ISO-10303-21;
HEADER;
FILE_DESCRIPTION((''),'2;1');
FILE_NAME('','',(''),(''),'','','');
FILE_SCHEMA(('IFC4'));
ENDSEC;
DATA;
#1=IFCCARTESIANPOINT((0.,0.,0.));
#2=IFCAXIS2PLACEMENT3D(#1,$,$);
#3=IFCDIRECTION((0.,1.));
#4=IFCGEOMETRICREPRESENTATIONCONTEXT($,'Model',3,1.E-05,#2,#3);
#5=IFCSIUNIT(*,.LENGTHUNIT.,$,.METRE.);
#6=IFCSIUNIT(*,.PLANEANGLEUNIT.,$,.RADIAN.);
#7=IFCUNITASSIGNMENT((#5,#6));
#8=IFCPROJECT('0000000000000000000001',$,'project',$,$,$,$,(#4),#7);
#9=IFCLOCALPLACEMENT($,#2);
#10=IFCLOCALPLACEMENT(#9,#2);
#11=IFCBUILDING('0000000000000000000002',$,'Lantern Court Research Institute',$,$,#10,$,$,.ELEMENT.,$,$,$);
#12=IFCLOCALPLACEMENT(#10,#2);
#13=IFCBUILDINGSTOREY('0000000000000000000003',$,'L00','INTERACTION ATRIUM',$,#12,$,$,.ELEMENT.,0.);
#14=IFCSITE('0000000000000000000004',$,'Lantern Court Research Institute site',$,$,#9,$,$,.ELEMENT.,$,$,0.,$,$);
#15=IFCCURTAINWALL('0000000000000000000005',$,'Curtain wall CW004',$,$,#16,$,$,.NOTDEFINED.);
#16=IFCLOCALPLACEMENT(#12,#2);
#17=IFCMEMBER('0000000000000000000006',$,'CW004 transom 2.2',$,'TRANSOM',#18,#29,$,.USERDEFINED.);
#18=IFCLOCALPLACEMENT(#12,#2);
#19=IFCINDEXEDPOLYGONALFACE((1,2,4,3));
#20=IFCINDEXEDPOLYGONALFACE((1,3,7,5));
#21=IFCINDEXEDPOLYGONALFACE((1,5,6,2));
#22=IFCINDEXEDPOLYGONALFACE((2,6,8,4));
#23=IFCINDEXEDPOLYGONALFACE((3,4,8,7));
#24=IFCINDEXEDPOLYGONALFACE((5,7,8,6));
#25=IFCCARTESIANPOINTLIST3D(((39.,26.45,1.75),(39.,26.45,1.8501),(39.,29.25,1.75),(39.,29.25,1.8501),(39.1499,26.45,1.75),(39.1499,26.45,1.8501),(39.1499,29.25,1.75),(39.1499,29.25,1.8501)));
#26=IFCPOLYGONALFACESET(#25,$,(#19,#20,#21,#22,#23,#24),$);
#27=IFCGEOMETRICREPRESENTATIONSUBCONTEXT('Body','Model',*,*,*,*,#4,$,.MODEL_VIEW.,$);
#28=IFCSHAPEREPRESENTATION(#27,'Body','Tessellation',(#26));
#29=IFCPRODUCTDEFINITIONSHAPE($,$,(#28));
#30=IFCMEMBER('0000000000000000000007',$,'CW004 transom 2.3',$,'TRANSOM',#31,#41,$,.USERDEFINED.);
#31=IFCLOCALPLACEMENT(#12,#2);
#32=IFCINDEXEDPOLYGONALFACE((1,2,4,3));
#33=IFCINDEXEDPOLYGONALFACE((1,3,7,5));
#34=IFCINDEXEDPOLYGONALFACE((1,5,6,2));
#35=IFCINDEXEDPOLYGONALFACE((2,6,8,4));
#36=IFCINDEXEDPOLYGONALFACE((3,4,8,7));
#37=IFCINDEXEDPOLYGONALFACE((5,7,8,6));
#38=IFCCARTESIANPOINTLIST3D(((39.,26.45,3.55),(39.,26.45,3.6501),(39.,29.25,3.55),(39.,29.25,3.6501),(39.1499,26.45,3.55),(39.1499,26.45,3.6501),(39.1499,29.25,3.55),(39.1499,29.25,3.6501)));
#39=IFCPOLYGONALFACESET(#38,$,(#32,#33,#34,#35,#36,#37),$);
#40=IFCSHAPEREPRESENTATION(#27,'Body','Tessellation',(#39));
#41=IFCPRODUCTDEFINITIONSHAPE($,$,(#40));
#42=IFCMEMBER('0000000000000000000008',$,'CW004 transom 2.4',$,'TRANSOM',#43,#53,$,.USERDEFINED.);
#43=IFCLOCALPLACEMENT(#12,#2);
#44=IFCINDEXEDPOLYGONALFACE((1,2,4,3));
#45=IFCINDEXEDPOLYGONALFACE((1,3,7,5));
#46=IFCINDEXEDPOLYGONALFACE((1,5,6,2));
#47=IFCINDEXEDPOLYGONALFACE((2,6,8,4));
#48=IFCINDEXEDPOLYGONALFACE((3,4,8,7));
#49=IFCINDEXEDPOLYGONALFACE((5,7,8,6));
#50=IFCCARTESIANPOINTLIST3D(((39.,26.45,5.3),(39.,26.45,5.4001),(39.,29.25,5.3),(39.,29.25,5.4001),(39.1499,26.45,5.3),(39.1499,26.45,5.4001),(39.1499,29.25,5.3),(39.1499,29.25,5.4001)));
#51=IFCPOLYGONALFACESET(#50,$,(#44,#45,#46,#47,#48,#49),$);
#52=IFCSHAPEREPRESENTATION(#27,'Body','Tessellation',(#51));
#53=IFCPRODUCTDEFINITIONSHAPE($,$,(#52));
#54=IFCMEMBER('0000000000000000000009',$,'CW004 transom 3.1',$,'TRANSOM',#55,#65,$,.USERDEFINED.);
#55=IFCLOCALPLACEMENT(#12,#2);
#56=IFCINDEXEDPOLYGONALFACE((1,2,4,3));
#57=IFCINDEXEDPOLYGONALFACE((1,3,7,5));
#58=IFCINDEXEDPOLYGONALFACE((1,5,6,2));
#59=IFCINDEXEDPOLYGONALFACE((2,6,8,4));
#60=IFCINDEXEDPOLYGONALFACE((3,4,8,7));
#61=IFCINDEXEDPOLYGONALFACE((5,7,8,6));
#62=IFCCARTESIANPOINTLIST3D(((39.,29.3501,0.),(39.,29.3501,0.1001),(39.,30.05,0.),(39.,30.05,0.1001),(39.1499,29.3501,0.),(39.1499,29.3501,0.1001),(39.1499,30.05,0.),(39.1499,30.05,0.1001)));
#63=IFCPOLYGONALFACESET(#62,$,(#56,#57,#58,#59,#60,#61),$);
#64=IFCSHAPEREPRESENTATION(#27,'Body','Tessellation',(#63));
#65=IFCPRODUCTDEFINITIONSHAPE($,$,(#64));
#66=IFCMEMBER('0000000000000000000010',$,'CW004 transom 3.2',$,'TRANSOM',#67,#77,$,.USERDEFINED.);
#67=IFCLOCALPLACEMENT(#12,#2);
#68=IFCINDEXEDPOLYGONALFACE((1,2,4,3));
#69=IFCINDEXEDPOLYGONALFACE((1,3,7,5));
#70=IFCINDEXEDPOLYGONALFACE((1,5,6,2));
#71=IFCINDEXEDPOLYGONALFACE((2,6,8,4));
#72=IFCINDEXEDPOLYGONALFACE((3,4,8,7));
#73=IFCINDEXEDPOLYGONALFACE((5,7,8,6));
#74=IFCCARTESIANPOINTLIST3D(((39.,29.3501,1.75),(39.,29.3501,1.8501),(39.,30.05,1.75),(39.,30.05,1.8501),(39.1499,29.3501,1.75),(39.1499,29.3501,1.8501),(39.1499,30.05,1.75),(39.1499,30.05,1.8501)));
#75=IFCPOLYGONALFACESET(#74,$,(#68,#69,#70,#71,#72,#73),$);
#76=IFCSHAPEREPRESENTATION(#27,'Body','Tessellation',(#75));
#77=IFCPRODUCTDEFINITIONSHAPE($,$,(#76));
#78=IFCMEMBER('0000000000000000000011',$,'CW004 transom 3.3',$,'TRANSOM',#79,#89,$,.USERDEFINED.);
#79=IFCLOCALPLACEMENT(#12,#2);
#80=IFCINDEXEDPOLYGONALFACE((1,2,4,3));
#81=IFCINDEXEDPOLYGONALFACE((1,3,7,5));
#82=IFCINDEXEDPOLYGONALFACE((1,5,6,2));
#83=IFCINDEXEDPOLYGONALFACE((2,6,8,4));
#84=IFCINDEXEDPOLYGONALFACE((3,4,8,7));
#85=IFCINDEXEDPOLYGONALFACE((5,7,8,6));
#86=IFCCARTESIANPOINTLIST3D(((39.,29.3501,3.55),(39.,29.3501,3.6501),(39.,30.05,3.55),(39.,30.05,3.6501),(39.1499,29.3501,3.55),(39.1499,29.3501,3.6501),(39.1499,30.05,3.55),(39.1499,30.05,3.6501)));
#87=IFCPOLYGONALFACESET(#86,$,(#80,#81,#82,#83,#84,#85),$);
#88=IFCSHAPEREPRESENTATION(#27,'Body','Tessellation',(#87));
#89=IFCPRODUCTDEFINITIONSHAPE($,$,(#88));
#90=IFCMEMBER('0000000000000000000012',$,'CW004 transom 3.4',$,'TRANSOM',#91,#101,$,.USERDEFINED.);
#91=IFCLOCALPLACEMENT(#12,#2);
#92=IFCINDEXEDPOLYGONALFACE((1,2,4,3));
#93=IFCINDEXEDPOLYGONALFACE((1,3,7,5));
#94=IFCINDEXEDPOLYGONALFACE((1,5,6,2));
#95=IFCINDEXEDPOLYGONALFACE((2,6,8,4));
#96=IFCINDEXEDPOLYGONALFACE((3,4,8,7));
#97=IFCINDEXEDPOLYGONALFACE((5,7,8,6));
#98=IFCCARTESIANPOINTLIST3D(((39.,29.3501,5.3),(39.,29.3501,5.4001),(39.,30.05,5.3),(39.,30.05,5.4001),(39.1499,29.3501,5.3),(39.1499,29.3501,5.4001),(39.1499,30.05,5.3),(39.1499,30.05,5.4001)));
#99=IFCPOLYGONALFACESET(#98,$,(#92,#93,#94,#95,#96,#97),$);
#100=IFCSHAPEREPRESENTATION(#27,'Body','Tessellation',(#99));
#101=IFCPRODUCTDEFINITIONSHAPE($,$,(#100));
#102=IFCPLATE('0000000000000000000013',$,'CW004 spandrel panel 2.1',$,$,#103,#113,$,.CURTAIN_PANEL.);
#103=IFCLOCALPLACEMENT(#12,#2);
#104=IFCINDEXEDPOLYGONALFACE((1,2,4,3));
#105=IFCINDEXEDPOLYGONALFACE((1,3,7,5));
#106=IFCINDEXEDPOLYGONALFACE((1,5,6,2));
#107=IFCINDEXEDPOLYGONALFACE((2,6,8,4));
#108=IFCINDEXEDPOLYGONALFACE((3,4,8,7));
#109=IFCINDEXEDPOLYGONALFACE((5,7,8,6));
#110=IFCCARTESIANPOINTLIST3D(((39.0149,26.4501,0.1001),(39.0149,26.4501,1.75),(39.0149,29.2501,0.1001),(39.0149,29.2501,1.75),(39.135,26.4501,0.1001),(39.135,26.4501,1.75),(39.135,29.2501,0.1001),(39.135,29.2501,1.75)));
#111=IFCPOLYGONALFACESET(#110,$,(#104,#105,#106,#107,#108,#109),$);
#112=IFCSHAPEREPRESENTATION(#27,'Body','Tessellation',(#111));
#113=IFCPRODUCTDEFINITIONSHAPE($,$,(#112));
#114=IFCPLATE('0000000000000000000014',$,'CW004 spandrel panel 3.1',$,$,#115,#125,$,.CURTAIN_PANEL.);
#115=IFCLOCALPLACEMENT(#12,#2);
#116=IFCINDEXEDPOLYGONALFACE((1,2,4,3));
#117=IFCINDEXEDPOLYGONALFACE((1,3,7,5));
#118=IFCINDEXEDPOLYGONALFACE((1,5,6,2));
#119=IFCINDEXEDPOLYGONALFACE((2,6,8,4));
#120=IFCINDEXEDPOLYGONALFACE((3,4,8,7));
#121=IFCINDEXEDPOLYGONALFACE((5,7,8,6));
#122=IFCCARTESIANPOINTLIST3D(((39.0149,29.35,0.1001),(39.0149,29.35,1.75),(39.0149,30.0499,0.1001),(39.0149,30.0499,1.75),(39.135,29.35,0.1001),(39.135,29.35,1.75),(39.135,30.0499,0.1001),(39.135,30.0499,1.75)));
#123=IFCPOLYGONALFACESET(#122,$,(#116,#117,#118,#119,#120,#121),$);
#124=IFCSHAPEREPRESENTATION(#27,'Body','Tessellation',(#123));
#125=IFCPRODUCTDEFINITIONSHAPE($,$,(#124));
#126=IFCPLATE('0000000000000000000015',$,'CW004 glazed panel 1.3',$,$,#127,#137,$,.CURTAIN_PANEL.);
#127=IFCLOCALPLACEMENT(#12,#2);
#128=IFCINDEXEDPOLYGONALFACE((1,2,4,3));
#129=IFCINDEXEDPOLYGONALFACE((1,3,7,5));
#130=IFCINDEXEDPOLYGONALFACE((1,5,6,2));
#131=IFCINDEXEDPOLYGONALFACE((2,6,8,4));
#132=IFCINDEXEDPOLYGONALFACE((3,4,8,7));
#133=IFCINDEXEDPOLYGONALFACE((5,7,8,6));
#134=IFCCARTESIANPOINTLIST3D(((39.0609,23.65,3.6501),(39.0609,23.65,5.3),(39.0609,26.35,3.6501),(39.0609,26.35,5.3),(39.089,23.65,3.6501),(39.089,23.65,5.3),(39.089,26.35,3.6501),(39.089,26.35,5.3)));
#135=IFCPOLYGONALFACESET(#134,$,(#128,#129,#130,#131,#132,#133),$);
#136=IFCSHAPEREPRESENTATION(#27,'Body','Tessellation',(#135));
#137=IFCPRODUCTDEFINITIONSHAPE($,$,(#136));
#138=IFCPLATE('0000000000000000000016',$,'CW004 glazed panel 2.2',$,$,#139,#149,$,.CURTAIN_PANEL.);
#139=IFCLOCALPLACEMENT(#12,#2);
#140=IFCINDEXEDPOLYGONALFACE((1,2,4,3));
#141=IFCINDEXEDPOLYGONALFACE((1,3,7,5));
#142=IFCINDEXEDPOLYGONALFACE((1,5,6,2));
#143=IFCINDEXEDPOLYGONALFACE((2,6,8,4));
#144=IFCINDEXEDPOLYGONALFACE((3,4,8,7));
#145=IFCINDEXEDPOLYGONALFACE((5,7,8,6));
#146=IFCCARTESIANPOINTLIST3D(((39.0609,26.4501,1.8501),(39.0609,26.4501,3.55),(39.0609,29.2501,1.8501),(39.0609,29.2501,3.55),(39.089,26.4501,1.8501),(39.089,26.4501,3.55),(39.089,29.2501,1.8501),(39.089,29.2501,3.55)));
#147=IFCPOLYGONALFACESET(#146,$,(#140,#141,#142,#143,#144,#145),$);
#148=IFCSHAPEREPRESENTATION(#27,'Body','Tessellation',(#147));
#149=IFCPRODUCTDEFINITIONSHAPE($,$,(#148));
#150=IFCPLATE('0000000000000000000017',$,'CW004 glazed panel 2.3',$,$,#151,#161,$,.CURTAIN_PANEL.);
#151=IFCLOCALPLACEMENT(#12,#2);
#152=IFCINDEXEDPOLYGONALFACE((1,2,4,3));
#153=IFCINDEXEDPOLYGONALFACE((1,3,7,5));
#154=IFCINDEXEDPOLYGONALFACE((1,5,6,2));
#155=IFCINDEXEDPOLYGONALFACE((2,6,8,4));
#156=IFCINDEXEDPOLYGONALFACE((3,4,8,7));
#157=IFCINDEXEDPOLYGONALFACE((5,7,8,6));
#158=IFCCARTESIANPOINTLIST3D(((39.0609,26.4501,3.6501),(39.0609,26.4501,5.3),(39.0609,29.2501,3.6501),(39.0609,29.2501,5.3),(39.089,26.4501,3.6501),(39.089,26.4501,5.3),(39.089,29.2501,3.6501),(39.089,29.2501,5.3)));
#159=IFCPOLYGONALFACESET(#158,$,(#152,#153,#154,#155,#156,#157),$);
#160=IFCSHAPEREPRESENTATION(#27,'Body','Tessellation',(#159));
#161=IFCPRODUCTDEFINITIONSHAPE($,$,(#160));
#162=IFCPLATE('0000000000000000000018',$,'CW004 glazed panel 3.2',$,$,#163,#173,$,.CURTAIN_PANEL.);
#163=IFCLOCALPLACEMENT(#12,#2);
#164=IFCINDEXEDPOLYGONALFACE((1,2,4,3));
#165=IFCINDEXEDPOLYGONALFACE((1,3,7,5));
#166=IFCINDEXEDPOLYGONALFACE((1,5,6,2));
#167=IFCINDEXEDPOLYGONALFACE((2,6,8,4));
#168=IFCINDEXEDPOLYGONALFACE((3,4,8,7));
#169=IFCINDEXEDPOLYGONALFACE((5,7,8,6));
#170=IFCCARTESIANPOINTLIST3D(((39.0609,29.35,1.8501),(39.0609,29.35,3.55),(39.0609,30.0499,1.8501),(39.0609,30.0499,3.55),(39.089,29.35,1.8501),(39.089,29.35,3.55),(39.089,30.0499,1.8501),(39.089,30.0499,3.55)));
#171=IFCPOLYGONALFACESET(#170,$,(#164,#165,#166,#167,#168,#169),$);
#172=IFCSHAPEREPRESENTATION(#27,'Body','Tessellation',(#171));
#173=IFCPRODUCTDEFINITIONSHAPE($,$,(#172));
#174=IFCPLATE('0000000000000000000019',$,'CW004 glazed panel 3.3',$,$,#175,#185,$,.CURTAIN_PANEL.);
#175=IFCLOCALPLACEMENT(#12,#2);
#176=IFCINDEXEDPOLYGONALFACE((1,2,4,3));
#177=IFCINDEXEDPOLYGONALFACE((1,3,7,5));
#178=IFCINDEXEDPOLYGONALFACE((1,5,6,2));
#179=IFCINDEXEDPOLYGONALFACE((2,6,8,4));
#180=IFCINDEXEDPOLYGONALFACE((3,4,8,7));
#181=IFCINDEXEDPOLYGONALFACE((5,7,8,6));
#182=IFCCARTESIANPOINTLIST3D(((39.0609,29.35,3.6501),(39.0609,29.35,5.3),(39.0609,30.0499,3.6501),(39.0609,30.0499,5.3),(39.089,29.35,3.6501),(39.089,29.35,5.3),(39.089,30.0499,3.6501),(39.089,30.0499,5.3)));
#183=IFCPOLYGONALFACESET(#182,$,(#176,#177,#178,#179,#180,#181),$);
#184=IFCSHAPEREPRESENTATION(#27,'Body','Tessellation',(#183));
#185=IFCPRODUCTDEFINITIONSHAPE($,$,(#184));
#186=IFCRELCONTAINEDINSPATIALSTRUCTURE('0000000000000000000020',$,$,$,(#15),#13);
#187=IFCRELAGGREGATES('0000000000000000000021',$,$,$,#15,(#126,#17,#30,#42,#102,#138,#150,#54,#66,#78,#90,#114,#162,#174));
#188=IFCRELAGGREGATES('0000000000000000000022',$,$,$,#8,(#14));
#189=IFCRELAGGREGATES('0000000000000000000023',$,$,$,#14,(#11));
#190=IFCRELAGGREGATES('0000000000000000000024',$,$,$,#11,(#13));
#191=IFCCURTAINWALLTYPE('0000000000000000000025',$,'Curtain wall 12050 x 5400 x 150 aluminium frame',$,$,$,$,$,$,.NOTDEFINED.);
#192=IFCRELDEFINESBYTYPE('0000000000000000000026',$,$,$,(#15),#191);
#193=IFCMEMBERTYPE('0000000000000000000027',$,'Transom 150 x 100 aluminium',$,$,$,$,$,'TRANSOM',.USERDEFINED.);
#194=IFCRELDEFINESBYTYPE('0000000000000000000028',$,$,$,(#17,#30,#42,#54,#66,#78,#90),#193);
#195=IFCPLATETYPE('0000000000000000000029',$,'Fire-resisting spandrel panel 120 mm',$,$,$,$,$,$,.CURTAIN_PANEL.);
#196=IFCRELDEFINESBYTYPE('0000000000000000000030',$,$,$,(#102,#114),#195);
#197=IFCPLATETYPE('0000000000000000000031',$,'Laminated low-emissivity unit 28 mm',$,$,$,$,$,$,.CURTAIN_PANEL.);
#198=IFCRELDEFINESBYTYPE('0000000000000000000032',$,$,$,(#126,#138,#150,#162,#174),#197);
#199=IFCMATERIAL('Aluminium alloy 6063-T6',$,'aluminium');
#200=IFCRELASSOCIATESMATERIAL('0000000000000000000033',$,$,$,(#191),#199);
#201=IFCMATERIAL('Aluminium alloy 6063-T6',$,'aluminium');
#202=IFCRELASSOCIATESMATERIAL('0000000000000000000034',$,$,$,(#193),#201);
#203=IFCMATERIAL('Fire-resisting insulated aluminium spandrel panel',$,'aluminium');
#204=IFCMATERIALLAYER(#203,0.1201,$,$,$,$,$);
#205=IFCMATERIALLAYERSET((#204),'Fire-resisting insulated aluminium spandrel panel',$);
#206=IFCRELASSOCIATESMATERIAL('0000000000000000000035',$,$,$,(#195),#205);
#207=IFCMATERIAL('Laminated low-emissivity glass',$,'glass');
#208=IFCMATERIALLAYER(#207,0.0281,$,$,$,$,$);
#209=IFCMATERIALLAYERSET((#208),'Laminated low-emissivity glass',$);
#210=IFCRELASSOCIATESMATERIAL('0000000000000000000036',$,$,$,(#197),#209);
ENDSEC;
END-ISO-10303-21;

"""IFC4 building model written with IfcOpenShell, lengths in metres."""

from ifc_helpers import new_model, si_unit, direction, frame, origin, origin_2d, place, context, subcontext, project, spatial, rectangle, extrude, material, layer, layer_set, material_profile, profile_set, type_object, element, aggregate, save


model = new_model("IFC4")

# Units and contexts
model_context = context("Model", 3, precision=1e-05, world=origin(), true_north=direction((0.0, 1.0)))
body_context = subcontext(model_context, "Body", "Model", "MODEL_VIEW")
ifc_project = project(units=[si_unit("LENGTHUNIT", "METRE"), si_unit("PLANEANGLEUNIT", "RADIAN")], contexts=[model_context])

# Site, building, storey
site_placement = place(None, origin())
site = spatial("IfcSite", under=ifc_project, at=site_placement, Name="Lantern Court Research Institute site", CompositionType="ELEMENT", RefElevation=0.0)
building_placement = place(site_placement, origin())
building = spatial("IfcBuilding", under=site, at=building_placement, Name="Lantern Court Research Institute", CompositionType="ELEMENT")
storey_placement = place(building_placement, origin())
storey = spatial("IfcBuildingStorey", under=building, at=storey_placement, Name="L00", Description="INTERACTION ATRIUM", CompositionType="ELEMENT", Elevation=0.0)

# Curtain wall
ifc_material_1 = material(Name="Aluminium alloy 6063-T6", Category="aluminium")
curtain_wall_type = type_object("IfcCurtainWallType", Name="Curtain wall 12050 x 5400 x 150 aluminium frame", PredefinedType="NOTDEFINED", material=ifc_material_1)
curtain_wall_placement = place(storey_placement, origin())
curtain_wall = element("IfcCurtainWall", 1, at=curtain_wall_placement, inside=storey, type_object=curtain_wall_type, Name="Curtain wall CW004", PredefinedType="NOTDEFINED")

# Members
ifc_material_2 = material(Name="Aluminium alloy 6063-T6", Category="aluminium")
ifc_material_profile_1 = material_profile(ifc_material_2, rectangle(XDim=0.1499, YDim=0.1001, at=origin_2d()), Name="Transom 150 x 100")
ifc_profile_set_1 = profile_set([ifc_material_profile_1], Name="Aluminium alloy 6063-T6")
member_type_1 = type_object("IfcMemberType", Name="Transom 150 x 100 aluminium", ElementType="TRANSOM", PredefinedType="USERDEFINED", material=ifc_profile_set_1)
member_1_placement = place(storey_placement, frame((39.075, 26.45, 1.8), z_axis=(0.0, 1.0, 0.0), x_axis=(-1.0, 0.0, 0.0)))
member_1 = element("IfcMember", 2, at=member_1_placement, type_object=member_type_1, Name="CW004 transom 2.2", ObjectType="TRANSOM", PredefinedType="USERDEFINED", context=body_context, shape_type="SweptSolid", body=[
    extrude(rectangle(XDim=0.1499, YDim=0.1001, at=origin_2d()), origin(), (0.0, 0.0, 1.0), 2.8),
])
member_2_placement = place(storey_placement, frame((39.075, 26.45, 3.6001), z_axis=(0.0, 1.0, 0.0), x_axis=(-1.0, 0.0, 0.0)))
member_2 = element("IfcMember", 3, at=member_2_placement, type_object=member_type_1, Name="CW004 transom 2.3", ObjectType="TRANSOM", PredefinedType="USERDEFINED", context=body_context, shape_type="SweptSolid", body=[
    extrude(rectangle(XDim=0.1499, YDim=0.1001, at=origin_2d()), origin(), (0.0, 0.0, 1.0), 2.8),
])
member_3_placement = place(storey_placement, frame((39.075, 26.45, 5.3501), z_axis=(0.0, 1.0, 0.0), x_axis=(-1.0, 0.0, 0.0)))
member_3 = element("IfcMember", 4, at=member_3_placement, type_object=member_type_1, Name="CW004 transom 2.4", ObjectType="TRANSOM", PredefinedType="USERDEFINED", context=body_context, shape_type="SweptSolid", body=[
    extrude(rectangle(XDim=0.1499, YDim=0.1001, at=origin_2d()), origin(), (0.0, 0.0, 1.0), 2.8),
])
member_4_placement = place(storey_placement, frame((39.075, 29.3501, 0.05), z_axis=(0.0, 1.0, 0.0), x_axis=(-1.0, 0.0, 0.0)))
member_4 = element("IfcMember", 5, at=member_4_placement, type_object=member_type_1, Name="CW004 transom 3.1", ObjectType="TRANSOM", PredefinedType="USERDEFINED", context=body_context, shape_type="SweptSolid", body=[
    extrude(rectangle(XDim=0.1499, YDim=0.1001, at=origin_2d()), origin(), (0.0, 0.0, 1.0), 0.7),
])
member_5_placement = place(storey_placement, frame((39.075, 29.3501, 1.8), z_axis=(0.0, 1.0, 0.0), x_axis=(-1.0, 0.0, 0.0)))
member_5 = element("IfcMember", 6, at=member_5_placement, type_object=member_type_1, Name="CW004 transom 3.2", ObjectType="TRANSOM", PredefinedType="USERDEFINED", context=body_context, shape_type="SweptSolid", body=[
    extrude(rectangle(XDim=0.1499, YDim=0.1001, at=origin_2d()), origin(), (0.0, 0.0, 1.0), 0.7),
])
member_6_placement = place(storey_placement, frame((39.075, 29.3501, 3.6001), z_axis=(0.0, 1.0, 0.0), x_axis=(-1.0, 0.0, 0.0)))
member_6 = element("IfcMember", 7, at=member_6_placement, type_object=member_type_1, Name="CW004 transom 3.3", ObjectType="TRANSOM", PredefinedType="USERDEFINED", context=body_context, shape_type="SweptSolid", body=[
    extrude(rectangle(XDim=0.1499, YDim=0.1001, at=origin_2d()), origin(), (0.0, 0.0, 1.0), 0.7),
])
member_7_placement = place(storey_placement, frame((39.075, 29.3501, 5.3501), z_axis=(0.0, 1.0, 0.0), x_axis=(-1.0, 0.0, 0.0)))
member_7 = element("IfcMember", 8, at=member_7_placement, type_object=member_type_1, Name="CW004 transom 3.4", ObjectType="TRANSOM", PredefinedType="USERDEFINED", context=body_context, shape_type="SweptSolid", body=[
    extrude(rectangle(XDim=0.1499, YDim=0.1001, at=origin_2d()), origin(), (0.0, 0.0, 1.0), 0.7),
])

# Plates
ifc_material_3 = material(Name="Fire-resisting insulated aluminium spandrel panel", Category="aluminium")
ifc_layer_1 = layer(ifc_material_3, 0.1201)
ifc_layer_set_1 = layer_set([ifc_layer_1], Name="Fire-resisting insulated aluminium spandrel panel")
plate_type_1 = type_object("IfcPlateType", Name="Fire-resisting spandrel panel 120 mm", PredefinedType="CURTAIN_PANEL", material=ifc_layer_set_1)
plate_1_placement = place(storey_placement, frame((39.075, 27.8501, 0.1001), z_axis=(0.0, 0.0, 1.0), x_axis=(0.0, 1.0, 0.0)))
plate_1 = element("IfcPlate", 9, at=plate_1_placement, type_object=plate_type_1, Name="CW004 spandrel panel 2.1", PredefinedType="CURTAIN_PANEL", context=body_context, shape_type="SweptSolid", body=[
    extrude(rectangle(XDim=2.8, YDim=0.1201, at=origin_2d()), origin(), (0.0, 0.0, 1.0), 1.6499),
])
plate_2_placement = place(storey_placement, frame((39.075, 29.7, 0.1001), z_axis=(0.0, 0.0, 1.0), x_axis=(0.0, 1.0, 0.0)))
plate_2 = element("IfcPlate", 10, at=plate_2_placement, type_object=plate_type_1, Name="CW004 spandrel panel 3.1", PredefinedType="CURTAIN_PANEL", context=body_context, shape_type="SweptSolid", body=[
    extrude(rectangle(XDim=0.7, YDim=0.1201, at=origin_2d()), origin(), (0.0, 0.0, 1.0), 1.6499),
])
ifc_material_4 = material(Name="Laminated low-emissivity glass", Category="glass")
ifc_layer_2 = layer(ifc_material_4, 0.0281)
ifc_layer_set_2 = layer_set([ifc_layer_2], Name="Laminated low-emissivity glass")
plate_type_2 = type_object("IfcPlateType", Name="Laminated low-emissivity unit 28 mm", PredefinedType="CURTAIN_PANEL", material=ifc_layer_set_2)
plate_3_placement = place(storey_placement, frame((39.075, 25.0, 3.6501), z_axis=(0.0, 0.0, 1.0), x_axis=(0.0, 1.0, 0.0)))
plate_3 = element("IfcPlate", 11, at=plate_3_placement, type_object=plate_type_2, Name="CW004 glazed panel 1.3", PredefinedType="CURTAIN_PANEL", context=body_context, shape_type="SweptSolid", body=[
    extrude(rectangle(XDim=2.7, YDim=0.0281, at=origin_2d()), origin(), (0.0, 0.0, 1.0), 1.6499),
])
plate_4_placement = place(storey_placement, frame((39.075, 27.8501, 1.8501), z_axis=(0.0, 0.0, 1.0), x_axis=(0.0, 1.0, 0.0)))
plate_4 = element("IfcPlate", 12, at=plate_4_placement, type_object=plate_type_2, Name="CW004 glazed panel 2.2", PredefinedType="CURTAIN_PANEL", context=body_context, shape_type="SweptSolid", body=[
    extrude(rectangle(XDim=2.8, YDim=0.0281, at=origin_2d()), origin(), (0.0, 0.0, 1.0), 1.7),
])
plate_5_placement = place(storey_placement, frame((39.075, 27.8501, 3.6501), z_axis=(0.0, 0.0, 1.0), x_axis=(0.0, 1.0, 0.0)))
plate_5 = element("IfcPlate", 13, at=plate_5_placement, type_object=plate_type_2, Name="CW004 glazed panel 2.3", PredefinedType="CURTAIN_PANEL", context=body_context, shape_type="SweptSolid", body=[
    extrude(rectangle(XDim=2.8, YDim=0.0281, at=origin_2d()), origin(), (0.0, 0.0, 1.0), 1.6499),
])
plate_6_placement = place(storey_placement, frame((39.075, 29.7, 1.8501), z_axis=(0.0, 0.0, 1.0), x_axis=(0.0, 1.0, 0.0)))
plate_6 = element("IfcPlate", 14, at=plate_6_placement, type_object=plate_type_2, Name="CW004 glazed panel 3.2", PredefinedType="CURTAIN_PANEL", context=body_context, shape_type="SweptSolid", body=[
    extrude(rectangle(XDim=0.7, YDim=0.0281, at=origin_2d()), origin(), (0.0, 0.0, 1.0), 1.7),
])
plate_7_placement = place(storey_placement, frame((39.075, 29.7, 3.6501), z_axis=(0.0, 0.0, 1.0), x_axis=(0.0, 1.0, 0.0)))
plate_7 = element("IfcPlate", 15, at=plate_7_placement, type_object=plate_type_2, Name="CW004 glazed panel 3.3", PredefinedType="CURTAIN_PANEL", context=body_context, shape_type="SweptSolid", body=[
    extrude(rectangle(XDim=0.7, YDim=0.0281, at=origin_2d()), origin(), (0.0, 0.0, 1.0), 1.6499),
])
aggregate(curtain_wall, [plate_3, member_1, member_2, member_3, plate_1, plate_4, plate_5, member_4, member_5, member_6, member_7, plate_2, plate_6, plate_7])

save(model, "model.ifc")
